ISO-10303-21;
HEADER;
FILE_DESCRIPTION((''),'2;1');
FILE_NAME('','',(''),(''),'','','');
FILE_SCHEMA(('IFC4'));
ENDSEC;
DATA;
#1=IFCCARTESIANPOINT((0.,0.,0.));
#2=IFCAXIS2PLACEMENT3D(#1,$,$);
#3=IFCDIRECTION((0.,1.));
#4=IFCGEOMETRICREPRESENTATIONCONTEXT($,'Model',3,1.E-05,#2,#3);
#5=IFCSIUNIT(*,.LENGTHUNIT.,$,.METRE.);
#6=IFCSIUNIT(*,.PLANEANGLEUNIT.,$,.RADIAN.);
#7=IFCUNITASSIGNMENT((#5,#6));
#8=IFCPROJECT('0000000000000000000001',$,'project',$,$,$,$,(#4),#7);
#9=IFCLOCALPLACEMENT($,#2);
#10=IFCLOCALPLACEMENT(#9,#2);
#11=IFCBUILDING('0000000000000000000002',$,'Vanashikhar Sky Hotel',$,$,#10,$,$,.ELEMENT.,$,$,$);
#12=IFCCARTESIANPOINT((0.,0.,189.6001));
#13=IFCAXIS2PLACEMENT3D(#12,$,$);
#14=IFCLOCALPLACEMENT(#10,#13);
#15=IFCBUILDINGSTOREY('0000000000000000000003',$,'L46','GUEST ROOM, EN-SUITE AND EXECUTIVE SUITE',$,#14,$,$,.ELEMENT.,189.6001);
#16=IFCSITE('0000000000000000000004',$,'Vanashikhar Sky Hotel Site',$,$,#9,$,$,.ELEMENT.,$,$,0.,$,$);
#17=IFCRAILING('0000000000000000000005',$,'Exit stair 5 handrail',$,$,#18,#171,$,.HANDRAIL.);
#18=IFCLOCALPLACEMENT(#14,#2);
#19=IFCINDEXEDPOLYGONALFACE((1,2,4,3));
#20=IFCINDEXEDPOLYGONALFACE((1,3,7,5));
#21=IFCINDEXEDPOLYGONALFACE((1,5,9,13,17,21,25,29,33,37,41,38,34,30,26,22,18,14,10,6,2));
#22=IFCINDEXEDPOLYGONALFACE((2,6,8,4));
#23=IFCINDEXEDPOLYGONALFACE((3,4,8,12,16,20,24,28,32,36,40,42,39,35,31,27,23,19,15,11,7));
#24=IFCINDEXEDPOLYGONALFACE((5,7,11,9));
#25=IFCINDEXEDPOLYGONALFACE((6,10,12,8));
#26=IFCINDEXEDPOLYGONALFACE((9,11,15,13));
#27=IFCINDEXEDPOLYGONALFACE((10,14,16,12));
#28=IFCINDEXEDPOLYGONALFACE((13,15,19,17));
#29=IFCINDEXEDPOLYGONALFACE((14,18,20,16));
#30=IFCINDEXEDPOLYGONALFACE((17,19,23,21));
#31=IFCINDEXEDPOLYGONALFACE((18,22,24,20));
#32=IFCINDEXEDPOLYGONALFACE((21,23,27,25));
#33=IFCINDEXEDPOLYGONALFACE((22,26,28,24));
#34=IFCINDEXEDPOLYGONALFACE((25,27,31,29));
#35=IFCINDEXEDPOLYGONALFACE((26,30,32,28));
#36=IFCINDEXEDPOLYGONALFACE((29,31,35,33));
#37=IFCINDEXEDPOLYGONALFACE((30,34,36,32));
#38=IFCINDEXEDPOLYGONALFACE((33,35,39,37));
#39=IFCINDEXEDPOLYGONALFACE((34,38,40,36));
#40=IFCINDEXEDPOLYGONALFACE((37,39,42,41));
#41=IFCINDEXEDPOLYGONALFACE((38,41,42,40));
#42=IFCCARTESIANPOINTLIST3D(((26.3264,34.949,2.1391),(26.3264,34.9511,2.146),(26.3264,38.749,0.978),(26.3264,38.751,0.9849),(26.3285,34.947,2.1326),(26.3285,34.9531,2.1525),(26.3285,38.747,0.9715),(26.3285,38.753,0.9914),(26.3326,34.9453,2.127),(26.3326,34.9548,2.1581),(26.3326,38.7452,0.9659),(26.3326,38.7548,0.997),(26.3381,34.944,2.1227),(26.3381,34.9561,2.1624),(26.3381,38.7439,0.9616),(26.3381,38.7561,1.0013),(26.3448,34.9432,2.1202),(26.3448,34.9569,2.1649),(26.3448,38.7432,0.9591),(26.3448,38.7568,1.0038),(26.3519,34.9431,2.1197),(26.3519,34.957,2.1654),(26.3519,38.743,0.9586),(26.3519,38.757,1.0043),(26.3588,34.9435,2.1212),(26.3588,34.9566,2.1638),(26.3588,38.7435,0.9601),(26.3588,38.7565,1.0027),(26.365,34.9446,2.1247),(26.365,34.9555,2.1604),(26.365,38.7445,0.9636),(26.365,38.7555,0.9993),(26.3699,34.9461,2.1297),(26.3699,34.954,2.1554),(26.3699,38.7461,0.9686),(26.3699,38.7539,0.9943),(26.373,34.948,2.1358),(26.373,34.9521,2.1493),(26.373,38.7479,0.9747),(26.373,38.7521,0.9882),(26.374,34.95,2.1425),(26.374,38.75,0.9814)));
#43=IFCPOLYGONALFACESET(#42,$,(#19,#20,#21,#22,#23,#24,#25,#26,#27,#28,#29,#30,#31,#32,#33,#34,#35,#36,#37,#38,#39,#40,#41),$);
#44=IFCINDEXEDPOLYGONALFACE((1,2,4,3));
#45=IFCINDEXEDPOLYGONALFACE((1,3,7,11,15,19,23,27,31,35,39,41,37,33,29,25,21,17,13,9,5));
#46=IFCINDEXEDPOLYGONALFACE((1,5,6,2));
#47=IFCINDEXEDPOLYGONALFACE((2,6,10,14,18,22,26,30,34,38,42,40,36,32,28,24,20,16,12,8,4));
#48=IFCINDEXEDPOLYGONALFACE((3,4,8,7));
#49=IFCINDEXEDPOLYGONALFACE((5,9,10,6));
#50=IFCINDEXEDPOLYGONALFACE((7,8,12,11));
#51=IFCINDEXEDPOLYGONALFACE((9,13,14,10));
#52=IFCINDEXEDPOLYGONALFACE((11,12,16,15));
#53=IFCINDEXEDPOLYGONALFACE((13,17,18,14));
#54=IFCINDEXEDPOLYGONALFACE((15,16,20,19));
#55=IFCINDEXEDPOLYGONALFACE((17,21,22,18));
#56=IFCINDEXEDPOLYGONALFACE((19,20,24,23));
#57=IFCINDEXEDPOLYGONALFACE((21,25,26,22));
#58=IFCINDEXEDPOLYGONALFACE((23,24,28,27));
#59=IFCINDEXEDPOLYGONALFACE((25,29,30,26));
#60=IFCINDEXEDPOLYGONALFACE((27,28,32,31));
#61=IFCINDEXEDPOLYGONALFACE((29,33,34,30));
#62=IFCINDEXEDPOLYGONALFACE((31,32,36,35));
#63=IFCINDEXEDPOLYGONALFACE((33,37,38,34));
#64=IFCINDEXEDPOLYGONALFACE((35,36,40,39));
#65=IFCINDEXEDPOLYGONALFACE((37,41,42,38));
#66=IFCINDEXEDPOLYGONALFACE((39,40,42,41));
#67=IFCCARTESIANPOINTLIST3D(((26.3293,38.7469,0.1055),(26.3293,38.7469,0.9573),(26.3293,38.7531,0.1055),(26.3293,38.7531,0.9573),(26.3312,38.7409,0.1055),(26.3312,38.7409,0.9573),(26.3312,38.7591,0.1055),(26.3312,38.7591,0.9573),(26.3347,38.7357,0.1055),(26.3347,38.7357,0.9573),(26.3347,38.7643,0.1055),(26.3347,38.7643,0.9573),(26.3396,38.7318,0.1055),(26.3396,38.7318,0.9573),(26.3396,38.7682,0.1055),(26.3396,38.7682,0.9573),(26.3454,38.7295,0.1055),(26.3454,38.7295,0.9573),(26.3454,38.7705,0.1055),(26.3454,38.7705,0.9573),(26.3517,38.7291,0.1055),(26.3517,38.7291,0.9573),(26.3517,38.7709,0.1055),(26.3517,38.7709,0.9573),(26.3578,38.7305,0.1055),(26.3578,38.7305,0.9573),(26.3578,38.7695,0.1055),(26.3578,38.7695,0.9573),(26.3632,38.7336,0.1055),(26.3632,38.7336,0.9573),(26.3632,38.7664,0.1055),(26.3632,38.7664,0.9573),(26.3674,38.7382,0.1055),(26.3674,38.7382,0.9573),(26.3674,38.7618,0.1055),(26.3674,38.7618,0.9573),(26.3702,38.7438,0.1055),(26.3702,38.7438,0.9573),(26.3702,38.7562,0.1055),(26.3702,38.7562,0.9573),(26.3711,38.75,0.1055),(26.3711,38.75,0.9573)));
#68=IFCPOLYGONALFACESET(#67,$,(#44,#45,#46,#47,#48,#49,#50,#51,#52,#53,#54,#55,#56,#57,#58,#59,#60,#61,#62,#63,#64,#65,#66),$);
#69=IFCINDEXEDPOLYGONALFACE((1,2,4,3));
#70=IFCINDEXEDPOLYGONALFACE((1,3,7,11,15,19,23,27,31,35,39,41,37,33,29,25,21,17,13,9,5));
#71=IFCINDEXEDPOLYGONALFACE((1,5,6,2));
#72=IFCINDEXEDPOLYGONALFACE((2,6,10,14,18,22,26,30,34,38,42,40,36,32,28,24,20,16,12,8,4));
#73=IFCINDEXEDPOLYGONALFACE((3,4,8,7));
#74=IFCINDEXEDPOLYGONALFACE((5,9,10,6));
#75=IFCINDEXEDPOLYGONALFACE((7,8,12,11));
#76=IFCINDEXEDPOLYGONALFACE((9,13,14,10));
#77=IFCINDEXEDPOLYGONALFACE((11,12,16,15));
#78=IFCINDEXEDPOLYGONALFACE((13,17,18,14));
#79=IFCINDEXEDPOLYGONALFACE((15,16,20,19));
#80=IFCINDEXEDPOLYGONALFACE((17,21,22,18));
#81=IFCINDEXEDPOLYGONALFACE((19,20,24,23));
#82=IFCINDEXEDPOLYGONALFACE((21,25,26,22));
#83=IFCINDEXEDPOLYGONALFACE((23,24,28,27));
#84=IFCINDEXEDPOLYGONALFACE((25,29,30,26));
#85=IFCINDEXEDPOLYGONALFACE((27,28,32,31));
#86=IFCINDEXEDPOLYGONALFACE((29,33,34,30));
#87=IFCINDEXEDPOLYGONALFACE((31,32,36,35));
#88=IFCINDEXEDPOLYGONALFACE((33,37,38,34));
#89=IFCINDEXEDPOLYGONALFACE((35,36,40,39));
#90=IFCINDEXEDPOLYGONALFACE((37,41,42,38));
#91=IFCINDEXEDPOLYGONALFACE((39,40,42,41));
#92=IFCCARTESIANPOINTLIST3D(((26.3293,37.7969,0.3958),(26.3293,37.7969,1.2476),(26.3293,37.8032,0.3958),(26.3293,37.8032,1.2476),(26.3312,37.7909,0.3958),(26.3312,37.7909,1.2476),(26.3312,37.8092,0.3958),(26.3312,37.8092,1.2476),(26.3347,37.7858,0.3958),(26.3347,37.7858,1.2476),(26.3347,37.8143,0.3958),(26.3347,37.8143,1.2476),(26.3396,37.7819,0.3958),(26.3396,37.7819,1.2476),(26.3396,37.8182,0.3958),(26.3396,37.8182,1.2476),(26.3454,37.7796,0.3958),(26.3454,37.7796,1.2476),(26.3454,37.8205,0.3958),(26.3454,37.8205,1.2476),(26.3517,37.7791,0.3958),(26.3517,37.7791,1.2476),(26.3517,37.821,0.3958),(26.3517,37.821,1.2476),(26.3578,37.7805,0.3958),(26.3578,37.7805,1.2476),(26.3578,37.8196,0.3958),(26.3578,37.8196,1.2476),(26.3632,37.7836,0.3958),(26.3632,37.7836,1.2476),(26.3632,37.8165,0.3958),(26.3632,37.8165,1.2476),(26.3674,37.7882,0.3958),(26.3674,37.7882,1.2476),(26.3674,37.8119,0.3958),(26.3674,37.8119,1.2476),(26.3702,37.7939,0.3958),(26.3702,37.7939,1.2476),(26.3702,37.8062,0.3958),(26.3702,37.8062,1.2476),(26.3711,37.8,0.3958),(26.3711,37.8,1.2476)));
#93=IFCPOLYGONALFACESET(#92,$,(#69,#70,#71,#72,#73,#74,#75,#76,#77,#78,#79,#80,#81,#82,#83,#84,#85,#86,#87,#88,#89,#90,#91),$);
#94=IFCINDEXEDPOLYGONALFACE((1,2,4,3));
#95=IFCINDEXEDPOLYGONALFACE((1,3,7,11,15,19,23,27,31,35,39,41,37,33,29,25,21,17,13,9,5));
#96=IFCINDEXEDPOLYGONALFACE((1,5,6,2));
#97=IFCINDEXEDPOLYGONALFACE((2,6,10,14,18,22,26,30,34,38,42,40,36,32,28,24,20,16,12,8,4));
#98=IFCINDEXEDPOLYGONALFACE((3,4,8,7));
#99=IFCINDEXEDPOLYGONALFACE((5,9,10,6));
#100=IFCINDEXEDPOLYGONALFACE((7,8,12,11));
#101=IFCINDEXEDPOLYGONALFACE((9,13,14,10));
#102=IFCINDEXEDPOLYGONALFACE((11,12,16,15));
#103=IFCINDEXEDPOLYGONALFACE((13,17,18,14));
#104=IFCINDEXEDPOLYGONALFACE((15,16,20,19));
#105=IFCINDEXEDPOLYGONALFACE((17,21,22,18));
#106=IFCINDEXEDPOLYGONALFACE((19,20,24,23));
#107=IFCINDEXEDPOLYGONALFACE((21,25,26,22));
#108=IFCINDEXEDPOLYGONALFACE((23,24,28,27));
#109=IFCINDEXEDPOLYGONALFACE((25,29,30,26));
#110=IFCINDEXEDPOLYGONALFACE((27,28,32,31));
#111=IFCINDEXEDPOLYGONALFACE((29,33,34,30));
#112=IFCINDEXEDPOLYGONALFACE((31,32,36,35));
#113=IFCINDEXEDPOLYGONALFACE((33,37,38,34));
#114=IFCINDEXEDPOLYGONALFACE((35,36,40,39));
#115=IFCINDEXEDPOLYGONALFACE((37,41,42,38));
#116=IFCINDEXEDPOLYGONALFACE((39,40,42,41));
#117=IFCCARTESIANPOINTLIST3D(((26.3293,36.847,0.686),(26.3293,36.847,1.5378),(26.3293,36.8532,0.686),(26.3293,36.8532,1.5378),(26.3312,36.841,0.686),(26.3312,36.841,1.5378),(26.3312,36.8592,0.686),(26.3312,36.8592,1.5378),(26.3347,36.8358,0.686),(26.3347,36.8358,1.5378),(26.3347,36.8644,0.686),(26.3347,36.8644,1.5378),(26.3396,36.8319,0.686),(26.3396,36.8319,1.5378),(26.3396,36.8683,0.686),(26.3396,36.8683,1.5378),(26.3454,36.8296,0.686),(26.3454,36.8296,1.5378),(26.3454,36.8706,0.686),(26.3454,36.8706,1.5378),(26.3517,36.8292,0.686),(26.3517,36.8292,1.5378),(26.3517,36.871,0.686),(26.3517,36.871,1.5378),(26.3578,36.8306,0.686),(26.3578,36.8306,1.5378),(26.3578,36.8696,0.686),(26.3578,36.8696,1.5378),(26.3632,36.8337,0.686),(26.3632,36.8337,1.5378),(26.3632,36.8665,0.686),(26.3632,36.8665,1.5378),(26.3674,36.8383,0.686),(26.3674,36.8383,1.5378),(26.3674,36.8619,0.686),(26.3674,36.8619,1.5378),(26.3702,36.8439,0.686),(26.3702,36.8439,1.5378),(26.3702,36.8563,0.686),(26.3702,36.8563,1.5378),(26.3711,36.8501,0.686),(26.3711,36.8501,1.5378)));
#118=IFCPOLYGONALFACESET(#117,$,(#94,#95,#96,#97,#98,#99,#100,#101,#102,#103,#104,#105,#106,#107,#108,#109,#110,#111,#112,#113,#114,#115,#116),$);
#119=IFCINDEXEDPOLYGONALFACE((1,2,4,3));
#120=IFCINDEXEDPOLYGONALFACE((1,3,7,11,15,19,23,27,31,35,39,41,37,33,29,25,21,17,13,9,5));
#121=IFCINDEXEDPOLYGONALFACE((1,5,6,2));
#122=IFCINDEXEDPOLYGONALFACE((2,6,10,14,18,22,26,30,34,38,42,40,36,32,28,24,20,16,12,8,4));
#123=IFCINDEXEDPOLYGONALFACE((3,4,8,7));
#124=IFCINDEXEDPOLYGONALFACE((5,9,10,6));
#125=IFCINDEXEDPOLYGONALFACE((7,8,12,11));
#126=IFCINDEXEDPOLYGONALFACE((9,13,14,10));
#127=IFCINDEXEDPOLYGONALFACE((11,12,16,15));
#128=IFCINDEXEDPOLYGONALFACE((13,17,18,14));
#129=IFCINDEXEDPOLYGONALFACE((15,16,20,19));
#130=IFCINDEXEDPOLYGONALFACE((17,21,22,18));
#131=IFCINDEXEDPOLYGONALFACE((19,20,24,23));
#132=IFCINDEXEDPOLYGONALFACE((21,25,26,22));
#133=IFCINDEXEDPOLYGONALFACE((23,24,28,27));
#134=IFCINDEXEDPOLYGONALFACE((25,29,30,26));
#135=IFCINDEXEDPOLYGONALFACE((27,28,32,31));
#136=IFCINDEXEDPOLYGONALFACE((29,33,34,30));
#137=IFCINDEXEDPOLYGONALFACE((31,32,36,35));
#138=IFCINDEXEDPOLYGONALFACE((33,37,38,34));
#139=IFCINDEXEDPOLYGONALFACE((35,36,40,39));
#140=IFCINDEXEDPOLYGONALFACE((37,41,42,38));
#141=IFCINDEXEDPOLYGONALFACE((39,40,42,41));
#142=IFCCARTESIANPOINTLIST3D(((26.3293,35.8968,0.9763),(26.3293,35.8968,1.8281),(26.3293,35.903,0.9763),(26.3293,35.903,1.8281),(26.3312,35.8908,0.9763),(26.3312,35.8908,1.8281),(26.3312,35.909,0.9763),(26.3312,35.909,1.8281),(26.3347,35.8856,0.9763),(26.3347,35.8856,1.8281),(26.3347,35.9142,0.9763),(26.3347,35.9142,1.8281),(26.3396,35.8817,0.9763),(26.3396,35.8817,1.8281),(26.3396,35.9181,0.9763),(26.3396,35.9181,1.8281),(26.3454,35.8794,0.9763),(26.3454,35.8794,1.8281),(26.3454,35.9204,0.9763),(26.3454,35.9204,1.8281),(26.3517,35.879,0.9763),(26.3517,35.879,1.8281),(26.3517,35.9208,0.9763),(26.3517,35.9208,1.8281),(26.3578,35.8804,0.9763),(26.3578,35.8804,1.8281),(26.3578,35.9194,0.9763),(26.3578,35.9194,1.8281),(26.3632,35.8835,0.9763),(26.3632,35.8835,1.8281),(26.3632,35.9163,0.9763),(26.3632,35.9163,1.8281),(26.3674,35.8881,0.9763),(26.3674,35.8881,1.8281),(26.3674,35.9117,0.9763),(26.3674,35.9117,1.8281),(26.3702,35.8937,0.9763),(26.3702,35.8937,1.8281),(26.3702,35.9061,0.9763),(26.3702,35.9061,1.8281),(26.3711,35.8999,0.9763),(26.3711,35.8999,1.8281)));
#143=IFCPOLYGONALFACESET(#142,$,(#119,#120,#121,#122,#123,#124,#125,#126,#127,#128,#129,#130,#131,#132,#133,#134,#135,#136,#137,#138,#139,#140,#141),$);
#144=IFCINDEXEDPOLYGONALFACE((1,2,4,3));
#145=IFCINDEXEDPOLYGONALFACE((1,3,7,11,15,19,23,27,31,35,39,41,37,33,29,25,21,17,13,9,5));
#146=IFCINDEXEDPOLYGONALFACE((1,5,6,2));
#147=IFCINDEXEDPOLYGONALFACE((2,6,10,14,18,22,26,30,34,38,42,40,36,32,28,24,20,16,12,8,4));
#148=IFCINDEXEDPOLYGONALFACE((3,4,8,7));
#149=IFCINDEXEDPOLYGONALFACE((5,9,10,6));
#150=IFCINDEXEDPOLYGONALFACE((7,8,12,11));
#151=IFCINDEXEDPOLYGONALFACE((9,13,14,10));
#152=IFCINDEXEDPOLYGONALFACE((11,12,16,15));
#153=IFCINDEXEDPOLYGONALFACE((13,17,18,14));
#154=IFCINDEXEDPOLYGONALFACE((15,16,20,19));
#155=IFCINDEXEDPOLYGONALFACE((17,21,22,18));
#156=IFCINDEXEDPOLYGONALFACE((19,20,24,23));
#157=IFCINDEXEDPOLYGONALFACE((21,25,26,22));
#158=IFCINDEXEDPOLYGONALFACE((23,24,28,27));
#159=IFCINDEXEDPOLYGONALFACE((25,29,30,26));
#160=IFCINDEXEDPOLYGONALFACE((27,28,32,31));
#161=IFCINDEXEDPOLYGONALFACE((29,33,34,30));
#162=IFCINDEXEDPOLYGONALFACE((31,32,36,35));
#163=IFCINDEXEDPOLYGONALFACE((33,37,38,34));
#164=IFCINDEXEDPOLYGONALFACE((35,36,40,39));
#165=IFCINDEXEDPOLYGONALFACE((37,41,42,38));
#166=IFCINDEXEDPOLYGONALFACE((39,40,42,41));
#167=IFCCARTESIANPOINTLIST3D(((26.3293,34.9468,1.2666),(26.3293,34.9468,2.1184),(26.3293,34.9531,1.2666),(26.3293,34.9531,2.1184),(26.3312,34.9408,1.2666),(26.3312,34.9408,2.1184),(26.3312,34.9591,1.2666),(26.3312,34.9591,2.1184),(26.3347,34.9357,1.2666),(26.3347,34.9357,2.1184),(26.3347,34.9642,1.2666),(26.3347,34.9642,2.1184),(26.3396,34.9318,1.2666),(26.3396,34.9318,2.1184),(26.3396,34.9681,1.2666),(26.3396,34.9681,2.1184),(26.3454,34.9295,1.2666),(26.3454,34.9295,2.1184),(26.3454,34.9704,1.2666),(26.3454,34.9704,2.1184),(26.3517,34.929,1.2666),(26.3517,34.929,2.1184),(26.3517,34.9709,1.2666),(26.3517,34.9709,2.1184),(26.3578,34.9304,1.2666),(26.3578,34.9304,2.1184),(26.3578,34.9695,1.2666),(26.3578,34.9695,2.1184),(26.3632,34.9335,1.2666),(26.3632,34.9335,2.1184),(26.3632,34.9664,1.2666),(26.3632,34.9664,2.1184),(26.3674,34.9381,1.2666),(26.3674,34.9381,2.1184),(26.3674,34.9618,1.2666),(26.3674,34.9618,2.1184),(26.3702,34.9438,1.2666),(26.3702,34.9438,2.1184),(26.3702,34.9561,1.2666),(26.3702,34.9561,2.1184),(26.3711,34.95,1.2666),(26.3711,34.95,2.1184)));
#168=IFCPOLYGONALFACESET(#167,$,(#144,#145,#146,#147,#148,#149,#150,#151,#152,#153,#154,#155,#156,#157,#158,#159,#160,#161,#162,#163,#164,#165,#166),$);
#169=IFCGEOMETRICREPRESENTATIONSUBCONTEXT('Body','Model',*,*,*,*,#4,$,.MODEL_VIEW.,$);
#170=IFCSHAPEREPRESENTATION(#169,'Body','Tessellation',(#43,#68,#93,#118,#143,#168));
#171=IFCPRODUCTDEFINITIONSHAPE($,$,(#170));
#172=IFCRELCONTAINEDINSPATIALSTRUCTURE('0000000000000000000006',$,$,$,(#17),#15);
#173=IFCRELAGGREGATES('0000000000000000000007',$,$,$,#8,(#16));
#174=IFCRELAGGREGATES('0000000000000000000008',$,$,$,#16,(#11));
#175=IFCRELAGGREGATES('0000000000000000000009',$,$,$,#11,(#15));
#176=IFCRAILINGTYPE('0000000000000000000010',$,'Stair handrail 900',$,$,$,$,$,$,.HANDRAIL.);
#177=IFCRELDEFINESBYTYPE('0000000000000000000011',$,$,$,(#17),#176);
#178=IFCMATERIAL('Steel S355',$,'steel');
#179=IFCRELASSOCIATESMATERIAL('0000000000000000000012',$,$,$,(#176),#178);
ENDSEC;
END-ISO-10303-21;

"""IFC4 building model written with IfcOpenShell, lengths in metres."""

from ifc_helpers import new_model, si_unit, direction, frame, origin, origin_2d, place, context, subcontext, project, spatial, circle, extrude, source, transform, mapped, material, type_object, element, save


model = new_model("IFC4")

# Units and contexts
model_context = context("Model", 3, precision=1e-05, world=origin(), true_north=direction((0.0, 1.0)))
body_context = subcontext(model_context, "Body", "Model", "MODEL_VIEW")
ifc_project = project(units=[si_unit("LENGTHUNIT", "METRE"), si_unit("PLANEANGLEUNIT", "RADIAN")], contexts=[model_context])

# Site, building, storey
site_placement = place(None, origin())
site = spatial("IfcSite", under=ifc_project, at=site_placement, Name="Vanashikhar Sky Hotel Site", CompositionType="ELEMENT", RefElevation=0.0)
building_placement = place(site_placement, origin())
building = spatial("IfcBuilding", under=site, at=building_placement, Name="Vanashikhar Sky Hotel", CompositionType="ELEMENT")
storey_placement = place(building_placement, frame((0.0, 0.0, 189.6001)))
storey = spatial("IfcBuildingStorey", under=building, at=storey_placement, Name="L46", Description="GUEST ROOM, EN-SUITE AND EXECUTIVE SUITE", CompositionType="ELEMENT", Elevation=189.6001)

# Railing
ifc_material_1 = material(Name="Steel S355", Category="steel")
railing_type_1 = type_object("IfcRailingType", Name="Stair handrail 900", PredefinedType="HANDRAIL", material=ifc_material_1)
shared_shape_1 = source(origin(), body_context, "Body", "SweptSolid", [
    extrude(circle(Radius=0.0239, at=origin_2d()), frame((0.0, 0.0, 0.876), z_axis=(0.0, -0.956351, 0.29222), x_axis=(1.0, 0.0, 0.0)), (0.0, 0.0, 1.0), 3.9734),
    extrude(circle(Radius=0.021, at=origin_2d()), origin(), (0.0, 0.0, 1.0), 0.8518),
    extrude(circle(Radius=0.021, at=origin_2d()), frame((0.0, -0.95, 0.2903)), (0.0, 0.0, 1.0), 0.8518),
    extrude(circle(Radius=0.021, at=origin_2d()), frame((0.0, -1.8999, 0.5806)), (0.0, 0.0, 1.0), 0.8518),
    extrude(circle(Radius=0.021, at=origin_2d()), frame((0.0, -2.8501, 0.8708)), (0.0, 0.0, 1.0), 0.8518),
    extrude(circle(Radius=0.021, at=origin_2d()), frame((0.0, -3.8, 1.1611)), (0.0, 0.0, 1.0), 0.8518),
])
for number, where, name in (
    (1, (26.3501, 38.75, 0.1055), "Exit stair 5 handrail"),
):
    element("IfcRailing", number, at=place(storey_placement, frame(where)), inside=storey, type_object=railing_type_1, Name=name, PredefinedType="HANDRAIL", context=body_context, shape_type="MappedRepresentation", body=[
        mapped(shared_shape_1, transform((0.0, 0.0, 0.0), scale=1.0)),
    ])

save(model, "model.ifc")
